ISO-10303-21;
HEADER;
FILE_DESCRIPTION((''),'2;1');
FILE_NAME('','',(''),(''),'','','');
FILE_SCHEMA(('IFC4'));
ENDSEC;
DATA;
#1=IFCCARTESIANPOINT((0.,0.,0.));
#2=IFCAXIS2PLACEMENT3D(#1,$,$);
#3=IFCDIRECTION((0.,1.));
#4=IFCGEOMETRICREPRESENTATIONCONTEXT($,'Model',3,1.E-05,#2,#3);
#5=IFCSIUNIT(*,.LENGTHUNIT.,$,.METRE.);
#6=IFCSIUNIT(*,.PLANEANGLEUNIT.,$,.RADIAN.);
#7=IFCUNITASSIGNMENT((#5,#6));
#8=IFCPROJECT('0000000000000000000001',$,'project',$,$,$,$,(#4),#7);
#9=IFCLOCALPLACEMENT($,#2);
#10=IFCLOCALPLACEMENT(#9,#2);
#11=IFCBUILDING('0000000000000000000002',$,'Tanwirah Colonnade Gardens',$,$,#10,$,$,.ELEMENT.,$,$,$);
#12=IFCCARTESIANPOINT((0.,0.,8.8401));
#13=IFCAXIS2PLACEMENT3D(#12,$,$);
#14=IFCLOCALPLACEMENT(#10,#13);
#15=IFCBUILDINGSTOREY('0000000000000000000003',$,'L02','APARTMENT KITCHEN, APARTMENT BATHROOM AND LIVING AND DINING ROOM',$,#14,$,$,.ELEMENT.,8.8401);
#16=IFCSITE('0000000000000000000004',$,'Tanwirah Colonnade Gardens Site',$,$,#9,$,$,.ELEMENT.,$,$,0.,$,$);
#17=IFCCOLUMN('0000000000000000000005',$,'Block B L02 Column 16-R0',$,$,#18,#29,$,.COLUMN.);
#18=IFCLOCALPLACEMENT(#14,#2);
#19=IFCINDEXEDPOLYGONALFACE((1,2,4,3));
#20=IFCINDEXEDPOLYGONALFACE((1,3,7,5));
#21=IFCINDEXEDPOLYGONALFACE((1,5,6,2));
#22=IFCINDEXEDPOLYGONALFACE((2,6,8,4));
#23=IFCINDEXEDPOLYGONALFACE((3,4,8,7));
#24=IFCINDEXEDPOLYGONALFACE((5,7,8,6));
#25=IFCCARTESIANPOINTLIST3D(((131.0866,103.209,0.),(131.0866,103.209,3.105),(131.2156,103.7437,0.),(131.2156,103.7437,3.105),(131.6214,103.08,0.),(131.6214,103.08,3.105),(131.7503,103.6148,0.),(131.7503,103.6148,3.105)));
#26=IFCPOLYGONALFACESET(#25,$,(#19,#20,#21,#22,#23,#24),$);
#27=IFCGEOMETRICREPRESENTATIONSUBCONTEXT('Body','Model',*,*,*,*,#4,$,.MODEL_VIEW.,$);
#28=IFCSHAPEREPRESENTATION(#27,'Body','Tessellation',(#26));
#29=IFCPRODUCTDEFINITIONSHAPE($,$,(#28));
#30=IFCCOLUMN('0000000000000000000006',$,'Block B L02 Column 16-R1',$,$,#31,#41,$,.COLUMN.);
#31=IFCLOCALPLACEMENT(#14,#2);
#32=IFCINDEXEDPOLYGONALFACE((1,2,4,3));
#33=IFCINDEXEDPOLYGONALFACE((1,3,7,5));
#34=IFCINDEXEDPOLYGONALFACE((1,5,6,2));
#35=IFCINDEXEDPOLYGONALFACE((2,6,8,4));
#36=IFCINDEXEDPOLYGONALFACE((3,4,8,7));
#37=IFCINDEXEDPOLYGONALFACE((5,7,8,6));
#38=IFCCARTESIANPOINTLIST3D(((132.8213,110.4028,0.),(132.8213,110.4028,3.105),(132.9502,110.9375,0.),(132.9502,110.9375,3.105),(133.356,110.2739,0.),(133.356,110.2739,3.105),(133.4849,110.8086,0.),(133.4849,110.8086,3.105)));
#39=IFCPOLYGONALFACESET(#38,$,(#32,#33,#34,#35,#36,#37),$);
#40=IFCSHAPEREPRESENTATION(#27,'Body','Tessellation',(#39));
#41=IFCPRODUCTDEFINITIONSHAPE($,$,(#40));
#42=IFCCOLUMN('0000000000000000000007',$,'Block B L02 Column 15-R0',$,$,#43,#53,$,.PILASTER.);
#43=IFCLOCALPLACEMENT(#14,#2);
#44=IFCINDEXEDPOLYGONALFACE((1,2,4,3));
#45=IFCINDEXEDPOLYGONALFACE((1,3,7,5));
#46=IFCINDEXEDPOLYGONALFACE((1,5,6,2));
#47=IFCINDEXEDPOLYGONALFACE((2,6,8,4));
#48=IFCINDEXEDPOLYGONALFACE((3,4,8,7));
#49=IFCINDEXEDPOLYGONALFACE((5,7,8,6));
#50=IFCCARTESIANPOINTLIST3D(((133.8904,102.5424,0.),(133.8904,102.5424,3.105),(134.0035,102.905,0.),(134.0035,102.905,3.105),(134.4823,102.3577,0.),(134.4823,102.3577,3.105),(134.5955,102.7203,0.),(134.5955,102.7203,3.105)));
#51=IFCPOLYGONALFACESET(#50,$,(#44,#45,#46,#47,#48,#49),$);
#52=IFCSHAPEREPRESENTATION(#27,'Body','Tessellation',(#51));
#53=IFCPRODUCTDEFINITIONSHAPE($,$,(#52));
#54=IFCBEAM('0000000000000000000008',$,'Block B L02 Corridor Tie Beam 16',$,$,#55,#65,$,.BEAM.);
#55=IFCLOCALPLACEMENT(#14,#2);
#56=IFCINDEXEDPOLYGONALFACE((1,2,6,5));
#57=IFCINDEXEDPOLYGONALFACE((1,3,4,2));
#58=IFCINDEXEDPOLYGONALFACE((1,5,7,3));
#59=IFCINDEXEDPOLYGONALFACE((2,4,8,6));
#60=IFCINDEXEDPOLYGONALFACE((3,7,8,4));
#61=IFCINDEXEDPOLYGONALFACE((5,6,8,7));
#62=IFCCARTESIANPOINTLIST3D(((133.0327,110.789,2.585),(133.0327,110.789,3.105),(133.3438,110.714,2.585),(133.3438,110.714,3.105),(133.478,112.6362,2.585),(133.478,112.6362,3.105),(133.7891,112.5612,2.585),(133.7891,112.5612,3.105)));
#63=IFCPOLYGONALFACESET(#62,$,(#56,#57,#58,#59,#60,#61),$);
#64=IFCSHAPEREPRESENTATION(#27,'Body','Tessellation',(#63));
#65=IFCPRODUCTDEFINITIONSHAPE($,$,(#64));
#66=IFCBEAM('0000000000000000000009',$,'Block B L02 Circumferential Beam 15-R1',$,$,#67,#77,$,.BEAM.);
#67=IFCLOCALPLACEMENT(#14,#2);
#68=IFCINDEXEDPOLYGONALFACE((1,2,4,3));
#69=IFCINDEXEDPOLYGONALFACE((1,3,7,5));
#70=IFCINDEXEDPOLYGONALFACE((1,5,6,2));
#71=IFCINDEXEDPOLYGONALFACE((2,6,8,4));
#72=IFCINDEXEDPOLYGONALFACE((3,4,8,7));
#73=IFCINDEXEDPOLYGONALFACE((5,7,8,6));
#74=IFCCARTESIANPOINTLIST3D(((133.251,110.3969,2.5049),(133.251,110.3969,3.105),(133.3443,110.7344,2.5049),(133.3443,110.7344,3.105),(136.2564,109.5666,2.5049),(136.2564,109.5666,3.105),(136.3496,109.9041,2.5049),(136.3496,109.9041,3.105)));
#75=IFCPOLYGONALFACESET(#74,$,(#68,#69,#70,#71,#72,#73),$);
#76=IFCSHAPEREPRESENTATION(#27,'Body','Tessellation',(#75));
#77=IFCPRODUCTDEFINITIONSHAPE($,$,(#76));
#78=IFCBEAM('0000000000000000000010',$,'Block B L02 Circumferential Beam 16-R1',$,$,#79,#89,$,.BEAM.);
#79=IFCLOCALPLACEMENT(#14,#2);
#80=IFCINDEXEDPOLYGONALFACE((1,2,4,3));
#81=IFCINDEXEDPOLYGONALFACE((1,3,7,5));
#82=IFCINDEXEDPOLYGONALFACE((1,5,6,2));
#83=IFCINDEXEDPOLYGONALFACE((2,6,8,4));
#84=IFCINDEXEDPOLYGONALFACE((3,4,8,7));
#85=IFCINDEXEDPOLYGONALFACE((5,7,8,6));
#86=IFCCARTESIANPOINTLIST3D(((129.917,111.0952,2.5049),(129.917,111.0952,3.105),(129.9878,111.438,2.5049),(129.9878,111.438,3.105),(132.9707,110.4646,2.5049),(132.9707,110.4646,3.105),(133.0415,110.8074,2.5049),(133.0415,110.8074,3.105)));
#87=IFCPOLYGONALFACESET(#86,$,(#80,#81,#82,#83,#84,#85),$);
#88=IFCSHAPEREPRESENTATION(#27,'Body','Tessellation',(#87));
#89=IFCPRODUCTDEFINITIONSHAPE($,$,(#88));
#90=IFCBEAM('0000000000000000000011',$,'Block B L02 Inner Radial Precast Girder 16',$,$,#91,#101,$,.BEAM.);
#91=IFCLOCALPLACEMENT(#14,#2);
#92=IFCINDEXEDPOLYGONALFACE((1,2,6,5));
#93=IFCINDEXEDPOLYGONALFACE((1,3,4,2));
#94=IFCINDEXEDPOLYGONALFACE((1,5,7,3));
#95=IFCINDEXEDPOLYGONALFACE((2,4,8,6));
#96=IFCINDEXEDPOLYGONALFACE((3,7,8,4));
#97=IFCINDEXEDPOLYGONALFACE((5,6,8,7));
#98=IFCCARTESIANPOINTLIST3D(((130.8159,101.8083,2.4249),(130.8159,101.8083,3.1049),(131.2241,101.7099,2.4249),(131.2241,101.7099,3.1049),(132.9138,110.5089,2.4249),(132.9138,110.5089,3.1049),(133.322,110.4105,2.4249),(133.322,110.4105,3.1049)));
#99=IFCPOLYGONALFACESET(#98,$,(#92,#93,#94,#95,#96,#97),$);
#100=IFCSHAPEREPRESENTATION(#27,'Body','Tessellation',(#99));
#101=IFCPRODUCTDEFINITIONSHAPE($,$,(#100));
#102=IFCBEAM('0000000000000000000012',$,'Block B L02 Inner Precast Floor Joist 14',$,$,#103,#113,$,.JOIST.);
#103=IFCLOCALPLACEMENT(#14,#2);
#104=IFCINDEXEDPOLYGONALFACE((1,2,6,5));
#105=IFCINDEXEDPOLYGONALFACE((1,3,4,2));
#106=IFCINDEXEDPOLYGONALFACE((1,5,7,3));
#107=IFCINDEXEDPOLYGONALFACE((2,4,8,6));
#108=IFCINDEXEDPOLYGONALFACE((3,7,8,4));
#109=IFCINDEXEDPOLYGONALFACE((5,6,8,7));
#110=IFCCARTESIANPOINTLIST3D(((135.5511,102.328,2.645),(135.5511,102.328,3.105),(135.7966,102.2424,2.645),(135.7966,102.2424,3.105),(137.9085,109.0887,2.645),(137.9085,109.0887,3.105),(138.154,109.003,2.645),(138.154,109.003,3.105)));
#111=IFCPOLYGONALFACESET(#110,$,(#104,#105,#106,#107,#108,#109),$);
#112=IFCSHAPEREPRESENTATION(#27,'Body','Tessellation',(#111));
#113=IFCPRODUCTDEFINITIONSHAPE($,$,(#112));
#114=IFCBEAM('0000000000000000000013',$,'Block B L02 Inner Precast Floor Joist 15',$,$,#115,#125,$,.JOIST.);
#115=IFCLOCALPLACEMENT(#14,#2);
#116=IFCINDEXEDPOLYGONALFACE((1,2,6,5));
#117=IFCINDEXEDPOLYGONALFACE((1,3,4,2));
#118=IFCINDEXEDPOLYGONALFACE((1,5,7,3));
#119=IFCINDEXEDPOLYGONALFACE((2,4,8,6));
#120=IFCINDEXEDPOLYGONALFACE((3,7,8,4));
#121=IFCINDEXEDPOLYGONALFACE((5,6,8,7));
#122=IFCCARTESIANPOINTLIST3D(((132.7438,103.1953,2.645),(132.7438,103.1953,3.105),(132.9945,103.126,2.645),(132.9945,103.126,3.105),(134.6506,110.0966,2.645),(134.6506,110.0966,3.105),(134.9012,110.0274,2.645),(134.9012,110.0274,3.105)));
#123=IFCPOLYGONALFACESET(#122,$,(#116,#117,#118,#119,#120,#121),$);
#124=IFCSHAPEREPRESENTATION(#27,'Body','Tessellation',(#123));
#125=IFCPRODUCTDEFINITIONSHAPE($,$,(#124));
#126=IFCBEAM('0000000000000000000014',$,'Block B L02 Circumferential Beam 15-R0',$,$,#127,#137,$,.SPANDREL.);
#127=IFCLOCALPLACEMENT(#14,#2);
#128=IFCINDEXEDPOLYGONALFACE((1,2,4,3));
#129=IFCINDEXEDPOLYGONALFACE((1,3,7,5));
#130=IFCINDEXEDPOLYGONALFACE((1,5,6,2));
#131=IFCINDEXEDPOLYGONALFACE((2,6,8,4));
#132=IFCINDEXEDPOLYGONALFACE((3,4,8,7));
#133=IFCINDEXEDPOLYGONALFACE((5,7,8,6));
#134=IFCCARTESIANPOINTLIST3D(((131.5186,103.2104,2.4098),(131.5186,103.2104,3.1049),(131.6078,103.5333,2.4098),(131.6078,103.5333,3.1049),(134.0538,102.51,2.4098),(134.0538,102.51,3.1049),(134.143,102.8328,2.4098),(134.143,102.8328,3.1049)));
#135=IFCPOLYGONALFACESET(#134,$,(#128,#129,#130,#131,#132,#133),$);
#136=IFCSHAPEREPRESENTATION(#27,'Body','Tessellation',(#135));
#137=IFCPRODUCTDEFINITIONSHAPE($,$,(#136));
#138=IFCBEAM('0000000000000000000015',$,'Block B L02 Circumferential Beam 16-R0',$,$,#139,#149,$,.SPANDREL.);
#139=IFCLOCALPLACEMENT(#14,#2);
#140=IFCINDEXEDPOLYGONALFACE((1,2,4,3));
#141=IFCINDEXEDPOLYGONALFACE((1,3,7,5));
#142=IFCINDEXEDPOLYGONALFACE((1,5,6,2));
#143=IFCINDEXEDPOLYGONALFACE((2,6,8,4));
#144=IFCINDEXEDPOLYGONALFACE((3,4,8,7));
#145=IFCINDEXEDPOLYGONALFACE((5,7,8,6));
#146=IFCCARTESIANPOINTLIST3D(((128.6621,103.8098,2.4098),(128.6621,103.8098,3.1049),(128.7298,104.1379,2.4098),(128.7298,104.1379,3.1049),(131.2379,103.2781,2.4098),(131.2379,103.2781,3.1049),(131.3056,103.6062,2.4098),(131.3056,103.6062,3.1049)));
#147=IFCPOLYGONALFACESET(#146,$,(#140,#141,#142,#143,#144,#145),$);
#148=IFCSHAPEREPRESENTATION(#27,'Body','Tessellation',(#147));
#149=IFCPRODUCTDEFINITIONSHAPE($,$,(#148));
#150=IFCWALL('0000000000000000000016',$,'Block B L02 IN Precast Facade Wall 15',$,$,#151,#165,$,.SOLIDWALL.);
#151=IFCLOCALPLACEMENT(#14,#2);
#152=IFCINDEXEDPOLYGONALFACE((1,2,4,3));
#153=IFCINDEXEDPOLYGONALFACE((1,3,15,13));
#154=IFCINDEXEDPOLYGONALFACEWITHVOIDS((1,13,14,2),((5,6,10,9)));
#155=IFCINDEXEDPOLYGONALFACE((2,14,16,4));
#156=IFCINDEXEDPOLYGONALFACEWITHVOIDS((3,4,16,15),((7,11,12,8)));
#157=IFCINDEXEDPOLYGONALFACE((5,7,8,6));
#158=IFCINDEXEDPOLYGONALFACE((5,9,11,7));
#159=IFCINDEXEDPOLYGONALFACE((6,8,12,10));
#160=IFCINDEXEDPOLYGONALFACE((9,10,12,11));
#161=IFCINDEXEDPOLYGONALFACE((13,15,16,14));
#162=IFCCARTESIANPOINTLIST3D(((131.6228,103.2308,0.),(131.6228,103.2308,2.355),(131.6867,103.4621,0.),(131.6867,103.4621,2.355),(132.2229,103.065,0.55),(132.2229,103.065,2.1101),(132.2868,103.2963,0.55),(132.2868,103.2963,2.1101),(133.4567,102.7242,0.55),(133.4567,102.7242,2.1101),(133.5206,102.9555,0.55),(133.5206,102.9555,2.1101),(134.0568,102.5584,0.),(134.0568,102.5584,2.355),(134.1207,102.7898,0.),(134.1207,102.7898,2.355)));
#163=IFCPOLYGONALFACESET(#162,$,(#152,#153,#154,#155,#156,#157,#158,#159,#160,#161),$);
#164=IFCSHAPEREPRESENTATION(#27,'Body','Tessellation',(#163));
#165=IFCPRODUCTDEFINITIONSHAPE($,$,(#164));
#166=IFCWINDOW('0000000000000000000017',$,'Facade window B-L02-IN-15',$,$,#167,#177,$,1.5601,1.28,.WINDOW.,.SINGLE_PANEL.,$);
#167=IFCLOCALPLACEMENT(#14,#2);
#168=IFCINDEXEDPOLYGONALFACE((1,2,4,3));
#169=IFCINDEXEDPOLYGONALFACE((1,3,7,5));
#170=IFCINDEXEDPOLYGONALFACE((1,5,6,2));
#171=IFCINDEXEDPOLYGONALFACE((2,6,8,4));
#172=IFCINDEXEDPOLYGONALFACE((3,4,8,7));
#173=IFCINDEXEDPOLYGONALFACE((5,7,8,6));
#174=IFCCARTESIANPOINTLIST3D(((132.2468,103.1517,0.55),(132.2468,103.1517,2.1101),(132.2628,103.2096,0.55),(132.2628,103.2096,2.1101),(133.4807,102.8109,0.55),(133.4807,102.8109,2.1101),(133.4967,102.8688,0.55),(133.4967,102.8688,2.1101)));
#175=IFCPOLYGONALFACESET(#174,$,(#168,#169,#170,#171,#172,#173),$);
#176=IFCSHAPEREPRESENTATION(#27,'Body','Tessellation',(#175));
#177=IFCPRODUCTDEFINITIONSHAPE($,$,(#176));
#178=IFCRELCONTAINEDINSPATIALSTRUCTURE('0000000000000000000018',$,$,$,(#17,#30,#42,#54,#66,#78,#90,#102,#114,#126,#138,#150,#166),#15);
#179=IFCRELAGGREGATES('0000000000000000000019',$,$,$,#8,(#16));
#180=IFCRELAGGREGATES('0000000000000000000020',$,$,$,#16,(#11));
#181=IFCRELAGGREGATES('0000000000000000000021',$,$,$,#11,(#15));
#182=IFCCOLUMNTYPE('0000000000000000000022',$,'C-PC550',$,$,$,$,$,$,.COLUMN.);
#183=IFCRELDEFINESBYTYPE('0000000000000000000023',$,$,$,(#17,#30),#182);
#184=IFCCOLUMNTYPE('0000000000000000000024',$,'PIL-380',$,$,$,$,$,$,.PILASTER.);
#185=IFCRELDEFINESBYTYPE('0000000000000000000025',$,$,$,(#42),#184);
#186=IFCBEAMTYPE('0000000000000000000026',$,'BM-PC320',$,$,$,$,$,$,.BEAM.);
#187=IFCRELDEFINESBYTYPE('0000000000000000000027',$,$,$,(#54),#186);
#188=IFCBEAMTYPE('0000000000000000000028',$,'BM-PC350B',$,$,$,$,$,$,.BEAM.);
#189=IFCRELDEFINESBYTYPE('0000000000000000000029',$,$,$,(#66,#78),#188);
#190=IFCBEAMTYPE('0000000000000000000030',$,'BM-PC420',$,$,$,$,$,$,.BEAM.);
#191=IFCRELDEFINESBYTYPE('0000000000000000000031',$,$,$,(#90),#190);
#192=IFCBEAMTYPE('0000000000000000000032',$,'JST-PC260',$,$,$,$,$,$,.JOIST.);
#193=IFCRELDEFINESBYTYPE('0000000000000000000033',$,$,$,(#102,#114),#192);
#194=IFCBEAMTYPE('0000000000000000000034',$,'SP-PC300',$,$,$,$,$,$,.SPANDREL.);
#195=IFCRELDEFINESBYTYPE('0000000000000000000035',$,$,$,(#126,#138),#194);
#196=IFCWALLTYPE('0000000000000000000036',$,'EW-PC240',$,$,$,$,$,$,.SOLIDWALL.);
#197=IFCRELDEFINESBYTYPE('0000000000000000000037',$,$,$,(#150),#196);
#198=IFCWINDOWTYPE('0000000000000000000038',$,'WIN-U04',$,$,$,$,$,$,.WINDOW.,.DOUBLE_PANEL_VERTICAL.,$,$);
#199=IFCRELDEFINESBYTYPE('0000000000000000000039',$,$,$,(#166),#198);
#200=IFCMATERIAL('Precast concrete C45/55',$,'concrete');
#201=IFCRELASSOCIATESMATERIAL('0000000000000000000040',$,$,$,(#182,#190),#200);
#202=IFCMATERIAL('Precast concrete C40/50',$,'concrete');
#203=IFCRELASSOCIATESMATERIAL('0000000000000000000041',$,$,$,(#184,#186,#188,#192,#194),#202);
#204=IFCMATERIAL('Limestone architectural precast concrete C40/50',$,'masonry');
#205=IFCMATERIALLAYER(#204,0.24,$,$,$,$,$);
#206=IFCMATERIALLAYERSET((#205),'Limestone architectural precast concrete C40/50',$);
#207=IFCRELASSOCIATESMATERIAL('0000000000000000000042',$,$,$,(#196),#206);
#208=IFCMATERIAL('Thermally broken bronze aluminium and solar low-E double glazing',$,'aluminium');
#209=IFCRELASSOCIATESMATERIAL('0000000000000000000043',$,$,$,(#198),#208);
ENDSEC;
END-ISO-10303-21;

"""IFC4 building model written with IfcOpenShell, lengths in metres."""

from ifc_helpers import new_model, si_unit, direction, frame, frame_2d, origin, origin_2d, place, context, subcontext, project, spatial, rectangle, extrude, material, layer, layer_set, material_profile, profile_set, type_object, element, fill, save


model = new_model("IFC4")

# Units and contexts
model_context = context("Model", 3, precision=1e-05, world=origin(), true_north=direction((0.0, 1.0)))
body_context = subcontext(model_context, "Body", "Model", "MODEL_VIEW")
ifc_project = project(units=[si_unit("LENGTHUNIT", "METRE"), si_unit("PLANEANGLEUNIT", "RADIAN")], contexts=[model_context])

# Site, building, storey
site_placement = place(None, origin())
site = spatial("IfcSite", under=ifc_project, at=site_placement, Name="Tanwirah Colonnade Gardens Site", CompositionType="ELEMENT", RefElevation=0.0)
building_placement = place(site_placement, origin())
building = spatial("IfcBuilding", under=site, at=building_placement, Name="Tanwirah Colonnade Gardens", CompositionType="ELEMENT")
storey_placement = place(building_placement, frame((0.0, 0.0, 8.8401)))
storey = spatial("IfcBuildingStorey", under=building, at=storey_placement, Name="L02", Description="APARTMENT KITCHEN, APARTMENT BATHROOM AND LIVING AND DINING ROOM", CompositionType="ELEMENT", Elevation=8.8401)

# Columns
ifc_material_1 = material(Name="Precast concrete C45/55", Category="concrete")
ifc_material_profile_1 = material_profile(ifc_material_1, rectangle(XDim=0.55, YDim=0.55, at=origin_2d()), Name="PC-COL 550x550")
ifc_profile_set_1 = profile_set([ifc_material_profile_1], Name="Precast concrete C45/55")
column_type_1 = type_object("IfcColumnType", Name="C-PC550", PredefinedType="COLUMN", material=ifc_profile_set_1)
for number, where, z_axis, x_axis, name in (
    (1, (131.4185, 103.4119, 0.0), (0.0, 0.0, 1.0), (0.234388, 0.972143, 0.0), "Block B L02 Column 16-R0"),
    (2, (133.1531, 110.6057, 0.0), (0.0, 0.0, 1.0), (0.234388, 0.972143, 0.0), "Block B L02 Column 16-R1"),
):
    element("IfcColumn", number, at=place(storey_placement, frame(where, z_axis=z_axis, x_axis=x_axis)), inside=storey, type_object=column_type_1, Name=name, PredefinedType="COLUMN", context=body_context, shape_type="SweptSolid", body=[
        extrude(rectangle(XDim=0.55, YDim=0.55, at=origin_2d()), origin(), (0.0, 0.0, 1.0), 3.105),
    ])
ifc_material_2 = material(Name="Precast concrete C40/50", Category="concrete")
ifc_material_profile_2 = material_profile(ifc_material_2, rectangle(XDim=0.3799, YDim=0.6201, at=origin_2d()), Name="PC-PIL 380x620")
ifc_profile_set_2 = profile_set([ifc_material_profile_2], Name="Precast concrete C40/50")
column_type_2 = type_object("IfcColumnType", Name="PIL-380", PredefinedType="PILASTER", material=ifc_profile_set_2)
column_placement = place(storey_placement, frame((134.2429, 102.6313, 0.0), z_axis=(0.0, 0.0, 1.0), x_axis=(0.29793, 0.954588, 0.0)))
element("IfcColumn", 3, at=column_placement, inside=storey, type_object=column_type_2, Name="Block B L02 Column 15-R0", PredefinedType="PILASTER", context=body_context, shape_type="SweptSolid", body=[
    extrude(rectangle(XDim=0.3799, YDim=0.6201, at=origin_2d()), origin(), (0.0, 0.0, 1.0), 3.105),
])

# Beams
ifc_material_profile_3 = material_profile(ifc_material_2, rectangle(XDim=0.3201, YDim=0.52, at=origin_2d()), Name="PC-BM 320x520")
ifc_profile_set_3 = profile_set([ifc_material_profile_3], Name="Precast concrete C40/50")
beam_type_1 = type_object("IfcBeamType", Name="BM-PC320", PredefinedType="BEAM", material=ifc_profile_set_3)
beam_1_placement = place(storey_placement, frame((133.1882, 110.7515, 2.845), z_axis=(0.234364, 0.972149, 0.0), x_axis=(-0.972149, 0.234364, 0.0)))
element("IfcBeam", 4, at=beam_1_placement, inside=storey, type_object=beam_type_1, Name="Block B L02 Corridor Tie Beam 16", PredefinedType="BEAM", context=body_context, shape_type="SweptSolid", body=[
    extrude(rectangle(XDim=0.3201, YDim=0.52, at=origin_2d()), origin(), (0.0, 0.0, 1.0), 1.9001),
])
ifc_material_profile_4 = material_profile(ifc_material_2, rectangle(XDim=0.3501, YDim=0.6001, at=origin_2d()), Name="PC-BM 350x600")
ifc_profile_set_4 = profile_set([ifc_material_profile_4], Name="Precast concrete C40/50")
beam_type_2 = type_object("IfcBeamType", Name="BM-PC350B", PredefinedType="BEAM", material=ifc_profile_set_4)
beam_2_placement = place(storey_placement, frame((136.303, 109.7354, 2.8049), z_axis=(-0.963889, 0.266303, 0.0), x_axis=(-0.266303, -0.963889, 0.0)))
element("IfcBeam", 5, at=beam_2_placement, inside=storey, type_object=beam_type_2, Name="Block B L02 Circumferential Beam 15-R1", PredefinedType="BEAM", context=body_context, shape_type="SweptSolid", body=[
    extrude(rectangle(XDim=0.3501, YDim=0.6001, at=origin_2d()), origin(), (0.0, 0.0, 1.0), 3.1179),
])
beam_3_placement = place(storey_placement, frame((133.0061, 110.636, 2.8049), z_axis=(-0.979336, 0.202241, 0.0), x_axis=(-0.202241, -0.979336, 0.0)))
element("IfcBeam", 6, at=beam_3_placement, inside=storey, type_object=beam_type_2, Name="Block B L02 Circumferential Beam 16-R1", PredefinedType="BEAM", context=body_context, shape_type="SweptSolid", body=[
    extrude(rectangle(XDim=0.3501, YDim=0.6001, at=origin_2d()), origin(), (0.0, 0.0, 1.0), 3.1182),
])
ifc_material_profile_5 = material_profile(ifc_material_1, rectangle(XDim=0.4199, YDim=0.6799, at=origin_2d()), Name="PC-BM 420x680")
ifc_profile_set_5 = profile_set([ifc_material_profile_5], Name="Precast concrete C45/55")
beam_type_3 = type_object("IfcBeamType", Name="BM-PC420", PredefinedType="BEAM", material=ifc_profile_set_5)
beam_4_placement = place(storey_placement, frame((133.1179, 110.4597, 2.7649), z_axis=(-0.234401, -0.97214, 0.0), x_axis=(0.97214, -0.234401, 0.0)))
element("IfcBeam", 7, at=beam_4_placement, inside=storey, type_object=beam_type_3, Name="Block B L02 Inner Radial Precast Girder 16", PredefinedType="BEAM", context=body_context, shape_type="SweptSolid", body=[
    extrude(rectangle(XDim=0.4199, YDim=0.6799, at=origin_2d()), origin(), (0.0, 0.0, 1.0), 8.95),
])
ifc_material_profile_6 = material_profile(ifc_material_2, rectangle(XDim=0.26, YDim=0.46, at=origin_2d()), Name="PC-JST 260x460")
ifc_profile_set_6 = profile_set([ifc_material_profile_6], Name="Precast concrete C40/50")
beam_type_4 = type_object("IfcBeamType", Name="JST-PC260", PredefinedType="JOIST", material=ifc_profile_set_6)
for number, where, z_axis, x_axis, name in (
    (8, (135.6738, 102.2852, 2.875), (0.329251, 0.944243, 0.0), (-0.944243, 0.329251, 0.0), "Block B L02 Inner Precast Floor Joist 14"),
    (9, (132.8691, 103.1606, 2.875), (0.266307, 0.963888, 0.0), (-0.963888, 0.266307, 0.0), "Block B L02 Inner Precast Floor Joist 15"),
):
    element("IfcBeam", number, at=place(storey_placement, frame(where, z_axis=z_axis, x_axis=x_axis)), inside=storey, type_object=beam_type_4, Name=name, PredefinedType="JOIST", context=body_context, shape_type="SweptSolid", body=[
        extrude(rectangle(XDim=0.26, YDim=0.46, at=origin_2d()), origin(), (0.0, 0.0, 1.0), 7.1599),
    ])
ifc_material_profile_7 = material_profile(ifc_material_2, rectangle(XDim=0.335, YDim=0.6951, at=origin_2d()), Name="PC-SP 335x695")
ifc_profile_set_7 = profile_set([ifc_material_profile_7], Name="Precast concrete C40/50")
beam_type_5 = type_object("IfcBeamType", Name="SP-PC300", PredefinedType="SPANDREL", material=ifc_profile_set_7)
for number, where, z_axis, x_axis, name in (
    (10, (134.0984, 102.6714, 2.7573), (-0.963887, 0.266313, 0.0), (-0.266313, -0.963887, 0.0), "Block B L02 Circumferential Beam 15-R0"),
    (11, (131.2717, 103.4421, 2.7573), (-0.979352, 0.202164, 0.0), (-0.202164, -0.979352, 0.0), "Block B L02 Circumferential Beam 16-R0"),
):
    element("IfcBeam", number, at=place(storey_placement, frame(where, z_axis=z_axis, x_axis=x_axis)), inside=storey, type_object=beam_type_5, Name=name, PredefinedType="SPANDREL", context=body_context, shape_type="SweptSolid", body=[
        extrude(rectangle(XDim=0.335, YDim=0.6951, at=origin_2d()), origin(), (0.0, 0.0, 1.0), 2.6301),
    ])

# Wall, opening, window
ifc_material_3 = material(Name="Limestone architectural precast concrete C40/50", Category="masonry")
ifc_layer_1 = layer(ifc_material_3, 0.24)
ifc_layer_set_1 = layer_set([ifc_layer_1], Name="Limestone architectural precast concrete C40/50")
wall_type_1 = type_object("IfcWallType", Name="EW-PC240", PredefinedType="SOLIDWALL", material=ifc_layer_set_1)
wall_1_placement = place(storey_placement, frame((134.0889, 102.6741, 0.0), z_axis=(0.0, 0.0, 1.0), x_axis=(-0.963902, 0.266257, 0.0)))
wall_1 = element("IfcWall", 12, at=wall_1_placement, inside=storey, type_object=wall_type_1, Name="Block B L02 IN Precast Facade Wall 15", PredefinedType="SOLIDWALL", context=body_context, shape_type="SweptSolid", body=[
    extrude(rectangle(XDim=2.5251, YDim=0.24, at=frame_2d((1.2627, 0.0))), origin(), (0.0, 0.0, 1.0), 2.355),
])
opening_1_placement = place(wall_1_placement, frame((0.6226, 0.0, 0.55)))
opening_1 = element("IfcOpeningElement", 13, at=opening_1_placement, cuts=wall_1, PredefinedType="OPENING", context=body_context, shape_type="SweptSolid", body=[
    extrude(rectangle(XDim=1.28, YDim=1.5601, at=frame_2d((0.6401, 0.78))), frame((0.0, 0.1299, 0.0), z_axis=(0.0, -1.0, 0.0), x_axis=(1.0, 0.0, 0.0)), (0.0, 0.0, 1.0), 0.26),
])
ifc_material_4 = material(Name="Thermally broken bronze aluminium and solar low-E double glazing", Category="aluminium")
window_type_1 = type_object("IfcWindowType", Name="WIN-U04", PartitioningType="DOUBLE_PANEL_VERTICAL", PredefinedType="WINDOW", material=ifc_material_4)
window_1_placement = place(opening_1_placement, origin())
window_1 = element("IfcWindow", 14, at=window_1_placement, inside=storey, type_object=window_type_1, Name="Facade window B-L02-IN-15", OverallHeight=1.5601, OverallWidth=1.28, PartitioningType="SINGLE_PANEL", PredefinedType="WINDOW", context=body_context, shape_type="SweptSolid", body=[
    extrude(rectangle(XDim=1.28, YDim=1.5601, at=frame_2d((0.6401, 0.78))), frame((0.0, 0.03, 0.0), z_axis=(0.0, -1.0, 0.0), x_axis=(1.0, 0.0, 0.0)), (0.0, 0.0, 1.0), 0.0601),
])
fill(opening_1, window_1)

save(model, "model.ifc")
